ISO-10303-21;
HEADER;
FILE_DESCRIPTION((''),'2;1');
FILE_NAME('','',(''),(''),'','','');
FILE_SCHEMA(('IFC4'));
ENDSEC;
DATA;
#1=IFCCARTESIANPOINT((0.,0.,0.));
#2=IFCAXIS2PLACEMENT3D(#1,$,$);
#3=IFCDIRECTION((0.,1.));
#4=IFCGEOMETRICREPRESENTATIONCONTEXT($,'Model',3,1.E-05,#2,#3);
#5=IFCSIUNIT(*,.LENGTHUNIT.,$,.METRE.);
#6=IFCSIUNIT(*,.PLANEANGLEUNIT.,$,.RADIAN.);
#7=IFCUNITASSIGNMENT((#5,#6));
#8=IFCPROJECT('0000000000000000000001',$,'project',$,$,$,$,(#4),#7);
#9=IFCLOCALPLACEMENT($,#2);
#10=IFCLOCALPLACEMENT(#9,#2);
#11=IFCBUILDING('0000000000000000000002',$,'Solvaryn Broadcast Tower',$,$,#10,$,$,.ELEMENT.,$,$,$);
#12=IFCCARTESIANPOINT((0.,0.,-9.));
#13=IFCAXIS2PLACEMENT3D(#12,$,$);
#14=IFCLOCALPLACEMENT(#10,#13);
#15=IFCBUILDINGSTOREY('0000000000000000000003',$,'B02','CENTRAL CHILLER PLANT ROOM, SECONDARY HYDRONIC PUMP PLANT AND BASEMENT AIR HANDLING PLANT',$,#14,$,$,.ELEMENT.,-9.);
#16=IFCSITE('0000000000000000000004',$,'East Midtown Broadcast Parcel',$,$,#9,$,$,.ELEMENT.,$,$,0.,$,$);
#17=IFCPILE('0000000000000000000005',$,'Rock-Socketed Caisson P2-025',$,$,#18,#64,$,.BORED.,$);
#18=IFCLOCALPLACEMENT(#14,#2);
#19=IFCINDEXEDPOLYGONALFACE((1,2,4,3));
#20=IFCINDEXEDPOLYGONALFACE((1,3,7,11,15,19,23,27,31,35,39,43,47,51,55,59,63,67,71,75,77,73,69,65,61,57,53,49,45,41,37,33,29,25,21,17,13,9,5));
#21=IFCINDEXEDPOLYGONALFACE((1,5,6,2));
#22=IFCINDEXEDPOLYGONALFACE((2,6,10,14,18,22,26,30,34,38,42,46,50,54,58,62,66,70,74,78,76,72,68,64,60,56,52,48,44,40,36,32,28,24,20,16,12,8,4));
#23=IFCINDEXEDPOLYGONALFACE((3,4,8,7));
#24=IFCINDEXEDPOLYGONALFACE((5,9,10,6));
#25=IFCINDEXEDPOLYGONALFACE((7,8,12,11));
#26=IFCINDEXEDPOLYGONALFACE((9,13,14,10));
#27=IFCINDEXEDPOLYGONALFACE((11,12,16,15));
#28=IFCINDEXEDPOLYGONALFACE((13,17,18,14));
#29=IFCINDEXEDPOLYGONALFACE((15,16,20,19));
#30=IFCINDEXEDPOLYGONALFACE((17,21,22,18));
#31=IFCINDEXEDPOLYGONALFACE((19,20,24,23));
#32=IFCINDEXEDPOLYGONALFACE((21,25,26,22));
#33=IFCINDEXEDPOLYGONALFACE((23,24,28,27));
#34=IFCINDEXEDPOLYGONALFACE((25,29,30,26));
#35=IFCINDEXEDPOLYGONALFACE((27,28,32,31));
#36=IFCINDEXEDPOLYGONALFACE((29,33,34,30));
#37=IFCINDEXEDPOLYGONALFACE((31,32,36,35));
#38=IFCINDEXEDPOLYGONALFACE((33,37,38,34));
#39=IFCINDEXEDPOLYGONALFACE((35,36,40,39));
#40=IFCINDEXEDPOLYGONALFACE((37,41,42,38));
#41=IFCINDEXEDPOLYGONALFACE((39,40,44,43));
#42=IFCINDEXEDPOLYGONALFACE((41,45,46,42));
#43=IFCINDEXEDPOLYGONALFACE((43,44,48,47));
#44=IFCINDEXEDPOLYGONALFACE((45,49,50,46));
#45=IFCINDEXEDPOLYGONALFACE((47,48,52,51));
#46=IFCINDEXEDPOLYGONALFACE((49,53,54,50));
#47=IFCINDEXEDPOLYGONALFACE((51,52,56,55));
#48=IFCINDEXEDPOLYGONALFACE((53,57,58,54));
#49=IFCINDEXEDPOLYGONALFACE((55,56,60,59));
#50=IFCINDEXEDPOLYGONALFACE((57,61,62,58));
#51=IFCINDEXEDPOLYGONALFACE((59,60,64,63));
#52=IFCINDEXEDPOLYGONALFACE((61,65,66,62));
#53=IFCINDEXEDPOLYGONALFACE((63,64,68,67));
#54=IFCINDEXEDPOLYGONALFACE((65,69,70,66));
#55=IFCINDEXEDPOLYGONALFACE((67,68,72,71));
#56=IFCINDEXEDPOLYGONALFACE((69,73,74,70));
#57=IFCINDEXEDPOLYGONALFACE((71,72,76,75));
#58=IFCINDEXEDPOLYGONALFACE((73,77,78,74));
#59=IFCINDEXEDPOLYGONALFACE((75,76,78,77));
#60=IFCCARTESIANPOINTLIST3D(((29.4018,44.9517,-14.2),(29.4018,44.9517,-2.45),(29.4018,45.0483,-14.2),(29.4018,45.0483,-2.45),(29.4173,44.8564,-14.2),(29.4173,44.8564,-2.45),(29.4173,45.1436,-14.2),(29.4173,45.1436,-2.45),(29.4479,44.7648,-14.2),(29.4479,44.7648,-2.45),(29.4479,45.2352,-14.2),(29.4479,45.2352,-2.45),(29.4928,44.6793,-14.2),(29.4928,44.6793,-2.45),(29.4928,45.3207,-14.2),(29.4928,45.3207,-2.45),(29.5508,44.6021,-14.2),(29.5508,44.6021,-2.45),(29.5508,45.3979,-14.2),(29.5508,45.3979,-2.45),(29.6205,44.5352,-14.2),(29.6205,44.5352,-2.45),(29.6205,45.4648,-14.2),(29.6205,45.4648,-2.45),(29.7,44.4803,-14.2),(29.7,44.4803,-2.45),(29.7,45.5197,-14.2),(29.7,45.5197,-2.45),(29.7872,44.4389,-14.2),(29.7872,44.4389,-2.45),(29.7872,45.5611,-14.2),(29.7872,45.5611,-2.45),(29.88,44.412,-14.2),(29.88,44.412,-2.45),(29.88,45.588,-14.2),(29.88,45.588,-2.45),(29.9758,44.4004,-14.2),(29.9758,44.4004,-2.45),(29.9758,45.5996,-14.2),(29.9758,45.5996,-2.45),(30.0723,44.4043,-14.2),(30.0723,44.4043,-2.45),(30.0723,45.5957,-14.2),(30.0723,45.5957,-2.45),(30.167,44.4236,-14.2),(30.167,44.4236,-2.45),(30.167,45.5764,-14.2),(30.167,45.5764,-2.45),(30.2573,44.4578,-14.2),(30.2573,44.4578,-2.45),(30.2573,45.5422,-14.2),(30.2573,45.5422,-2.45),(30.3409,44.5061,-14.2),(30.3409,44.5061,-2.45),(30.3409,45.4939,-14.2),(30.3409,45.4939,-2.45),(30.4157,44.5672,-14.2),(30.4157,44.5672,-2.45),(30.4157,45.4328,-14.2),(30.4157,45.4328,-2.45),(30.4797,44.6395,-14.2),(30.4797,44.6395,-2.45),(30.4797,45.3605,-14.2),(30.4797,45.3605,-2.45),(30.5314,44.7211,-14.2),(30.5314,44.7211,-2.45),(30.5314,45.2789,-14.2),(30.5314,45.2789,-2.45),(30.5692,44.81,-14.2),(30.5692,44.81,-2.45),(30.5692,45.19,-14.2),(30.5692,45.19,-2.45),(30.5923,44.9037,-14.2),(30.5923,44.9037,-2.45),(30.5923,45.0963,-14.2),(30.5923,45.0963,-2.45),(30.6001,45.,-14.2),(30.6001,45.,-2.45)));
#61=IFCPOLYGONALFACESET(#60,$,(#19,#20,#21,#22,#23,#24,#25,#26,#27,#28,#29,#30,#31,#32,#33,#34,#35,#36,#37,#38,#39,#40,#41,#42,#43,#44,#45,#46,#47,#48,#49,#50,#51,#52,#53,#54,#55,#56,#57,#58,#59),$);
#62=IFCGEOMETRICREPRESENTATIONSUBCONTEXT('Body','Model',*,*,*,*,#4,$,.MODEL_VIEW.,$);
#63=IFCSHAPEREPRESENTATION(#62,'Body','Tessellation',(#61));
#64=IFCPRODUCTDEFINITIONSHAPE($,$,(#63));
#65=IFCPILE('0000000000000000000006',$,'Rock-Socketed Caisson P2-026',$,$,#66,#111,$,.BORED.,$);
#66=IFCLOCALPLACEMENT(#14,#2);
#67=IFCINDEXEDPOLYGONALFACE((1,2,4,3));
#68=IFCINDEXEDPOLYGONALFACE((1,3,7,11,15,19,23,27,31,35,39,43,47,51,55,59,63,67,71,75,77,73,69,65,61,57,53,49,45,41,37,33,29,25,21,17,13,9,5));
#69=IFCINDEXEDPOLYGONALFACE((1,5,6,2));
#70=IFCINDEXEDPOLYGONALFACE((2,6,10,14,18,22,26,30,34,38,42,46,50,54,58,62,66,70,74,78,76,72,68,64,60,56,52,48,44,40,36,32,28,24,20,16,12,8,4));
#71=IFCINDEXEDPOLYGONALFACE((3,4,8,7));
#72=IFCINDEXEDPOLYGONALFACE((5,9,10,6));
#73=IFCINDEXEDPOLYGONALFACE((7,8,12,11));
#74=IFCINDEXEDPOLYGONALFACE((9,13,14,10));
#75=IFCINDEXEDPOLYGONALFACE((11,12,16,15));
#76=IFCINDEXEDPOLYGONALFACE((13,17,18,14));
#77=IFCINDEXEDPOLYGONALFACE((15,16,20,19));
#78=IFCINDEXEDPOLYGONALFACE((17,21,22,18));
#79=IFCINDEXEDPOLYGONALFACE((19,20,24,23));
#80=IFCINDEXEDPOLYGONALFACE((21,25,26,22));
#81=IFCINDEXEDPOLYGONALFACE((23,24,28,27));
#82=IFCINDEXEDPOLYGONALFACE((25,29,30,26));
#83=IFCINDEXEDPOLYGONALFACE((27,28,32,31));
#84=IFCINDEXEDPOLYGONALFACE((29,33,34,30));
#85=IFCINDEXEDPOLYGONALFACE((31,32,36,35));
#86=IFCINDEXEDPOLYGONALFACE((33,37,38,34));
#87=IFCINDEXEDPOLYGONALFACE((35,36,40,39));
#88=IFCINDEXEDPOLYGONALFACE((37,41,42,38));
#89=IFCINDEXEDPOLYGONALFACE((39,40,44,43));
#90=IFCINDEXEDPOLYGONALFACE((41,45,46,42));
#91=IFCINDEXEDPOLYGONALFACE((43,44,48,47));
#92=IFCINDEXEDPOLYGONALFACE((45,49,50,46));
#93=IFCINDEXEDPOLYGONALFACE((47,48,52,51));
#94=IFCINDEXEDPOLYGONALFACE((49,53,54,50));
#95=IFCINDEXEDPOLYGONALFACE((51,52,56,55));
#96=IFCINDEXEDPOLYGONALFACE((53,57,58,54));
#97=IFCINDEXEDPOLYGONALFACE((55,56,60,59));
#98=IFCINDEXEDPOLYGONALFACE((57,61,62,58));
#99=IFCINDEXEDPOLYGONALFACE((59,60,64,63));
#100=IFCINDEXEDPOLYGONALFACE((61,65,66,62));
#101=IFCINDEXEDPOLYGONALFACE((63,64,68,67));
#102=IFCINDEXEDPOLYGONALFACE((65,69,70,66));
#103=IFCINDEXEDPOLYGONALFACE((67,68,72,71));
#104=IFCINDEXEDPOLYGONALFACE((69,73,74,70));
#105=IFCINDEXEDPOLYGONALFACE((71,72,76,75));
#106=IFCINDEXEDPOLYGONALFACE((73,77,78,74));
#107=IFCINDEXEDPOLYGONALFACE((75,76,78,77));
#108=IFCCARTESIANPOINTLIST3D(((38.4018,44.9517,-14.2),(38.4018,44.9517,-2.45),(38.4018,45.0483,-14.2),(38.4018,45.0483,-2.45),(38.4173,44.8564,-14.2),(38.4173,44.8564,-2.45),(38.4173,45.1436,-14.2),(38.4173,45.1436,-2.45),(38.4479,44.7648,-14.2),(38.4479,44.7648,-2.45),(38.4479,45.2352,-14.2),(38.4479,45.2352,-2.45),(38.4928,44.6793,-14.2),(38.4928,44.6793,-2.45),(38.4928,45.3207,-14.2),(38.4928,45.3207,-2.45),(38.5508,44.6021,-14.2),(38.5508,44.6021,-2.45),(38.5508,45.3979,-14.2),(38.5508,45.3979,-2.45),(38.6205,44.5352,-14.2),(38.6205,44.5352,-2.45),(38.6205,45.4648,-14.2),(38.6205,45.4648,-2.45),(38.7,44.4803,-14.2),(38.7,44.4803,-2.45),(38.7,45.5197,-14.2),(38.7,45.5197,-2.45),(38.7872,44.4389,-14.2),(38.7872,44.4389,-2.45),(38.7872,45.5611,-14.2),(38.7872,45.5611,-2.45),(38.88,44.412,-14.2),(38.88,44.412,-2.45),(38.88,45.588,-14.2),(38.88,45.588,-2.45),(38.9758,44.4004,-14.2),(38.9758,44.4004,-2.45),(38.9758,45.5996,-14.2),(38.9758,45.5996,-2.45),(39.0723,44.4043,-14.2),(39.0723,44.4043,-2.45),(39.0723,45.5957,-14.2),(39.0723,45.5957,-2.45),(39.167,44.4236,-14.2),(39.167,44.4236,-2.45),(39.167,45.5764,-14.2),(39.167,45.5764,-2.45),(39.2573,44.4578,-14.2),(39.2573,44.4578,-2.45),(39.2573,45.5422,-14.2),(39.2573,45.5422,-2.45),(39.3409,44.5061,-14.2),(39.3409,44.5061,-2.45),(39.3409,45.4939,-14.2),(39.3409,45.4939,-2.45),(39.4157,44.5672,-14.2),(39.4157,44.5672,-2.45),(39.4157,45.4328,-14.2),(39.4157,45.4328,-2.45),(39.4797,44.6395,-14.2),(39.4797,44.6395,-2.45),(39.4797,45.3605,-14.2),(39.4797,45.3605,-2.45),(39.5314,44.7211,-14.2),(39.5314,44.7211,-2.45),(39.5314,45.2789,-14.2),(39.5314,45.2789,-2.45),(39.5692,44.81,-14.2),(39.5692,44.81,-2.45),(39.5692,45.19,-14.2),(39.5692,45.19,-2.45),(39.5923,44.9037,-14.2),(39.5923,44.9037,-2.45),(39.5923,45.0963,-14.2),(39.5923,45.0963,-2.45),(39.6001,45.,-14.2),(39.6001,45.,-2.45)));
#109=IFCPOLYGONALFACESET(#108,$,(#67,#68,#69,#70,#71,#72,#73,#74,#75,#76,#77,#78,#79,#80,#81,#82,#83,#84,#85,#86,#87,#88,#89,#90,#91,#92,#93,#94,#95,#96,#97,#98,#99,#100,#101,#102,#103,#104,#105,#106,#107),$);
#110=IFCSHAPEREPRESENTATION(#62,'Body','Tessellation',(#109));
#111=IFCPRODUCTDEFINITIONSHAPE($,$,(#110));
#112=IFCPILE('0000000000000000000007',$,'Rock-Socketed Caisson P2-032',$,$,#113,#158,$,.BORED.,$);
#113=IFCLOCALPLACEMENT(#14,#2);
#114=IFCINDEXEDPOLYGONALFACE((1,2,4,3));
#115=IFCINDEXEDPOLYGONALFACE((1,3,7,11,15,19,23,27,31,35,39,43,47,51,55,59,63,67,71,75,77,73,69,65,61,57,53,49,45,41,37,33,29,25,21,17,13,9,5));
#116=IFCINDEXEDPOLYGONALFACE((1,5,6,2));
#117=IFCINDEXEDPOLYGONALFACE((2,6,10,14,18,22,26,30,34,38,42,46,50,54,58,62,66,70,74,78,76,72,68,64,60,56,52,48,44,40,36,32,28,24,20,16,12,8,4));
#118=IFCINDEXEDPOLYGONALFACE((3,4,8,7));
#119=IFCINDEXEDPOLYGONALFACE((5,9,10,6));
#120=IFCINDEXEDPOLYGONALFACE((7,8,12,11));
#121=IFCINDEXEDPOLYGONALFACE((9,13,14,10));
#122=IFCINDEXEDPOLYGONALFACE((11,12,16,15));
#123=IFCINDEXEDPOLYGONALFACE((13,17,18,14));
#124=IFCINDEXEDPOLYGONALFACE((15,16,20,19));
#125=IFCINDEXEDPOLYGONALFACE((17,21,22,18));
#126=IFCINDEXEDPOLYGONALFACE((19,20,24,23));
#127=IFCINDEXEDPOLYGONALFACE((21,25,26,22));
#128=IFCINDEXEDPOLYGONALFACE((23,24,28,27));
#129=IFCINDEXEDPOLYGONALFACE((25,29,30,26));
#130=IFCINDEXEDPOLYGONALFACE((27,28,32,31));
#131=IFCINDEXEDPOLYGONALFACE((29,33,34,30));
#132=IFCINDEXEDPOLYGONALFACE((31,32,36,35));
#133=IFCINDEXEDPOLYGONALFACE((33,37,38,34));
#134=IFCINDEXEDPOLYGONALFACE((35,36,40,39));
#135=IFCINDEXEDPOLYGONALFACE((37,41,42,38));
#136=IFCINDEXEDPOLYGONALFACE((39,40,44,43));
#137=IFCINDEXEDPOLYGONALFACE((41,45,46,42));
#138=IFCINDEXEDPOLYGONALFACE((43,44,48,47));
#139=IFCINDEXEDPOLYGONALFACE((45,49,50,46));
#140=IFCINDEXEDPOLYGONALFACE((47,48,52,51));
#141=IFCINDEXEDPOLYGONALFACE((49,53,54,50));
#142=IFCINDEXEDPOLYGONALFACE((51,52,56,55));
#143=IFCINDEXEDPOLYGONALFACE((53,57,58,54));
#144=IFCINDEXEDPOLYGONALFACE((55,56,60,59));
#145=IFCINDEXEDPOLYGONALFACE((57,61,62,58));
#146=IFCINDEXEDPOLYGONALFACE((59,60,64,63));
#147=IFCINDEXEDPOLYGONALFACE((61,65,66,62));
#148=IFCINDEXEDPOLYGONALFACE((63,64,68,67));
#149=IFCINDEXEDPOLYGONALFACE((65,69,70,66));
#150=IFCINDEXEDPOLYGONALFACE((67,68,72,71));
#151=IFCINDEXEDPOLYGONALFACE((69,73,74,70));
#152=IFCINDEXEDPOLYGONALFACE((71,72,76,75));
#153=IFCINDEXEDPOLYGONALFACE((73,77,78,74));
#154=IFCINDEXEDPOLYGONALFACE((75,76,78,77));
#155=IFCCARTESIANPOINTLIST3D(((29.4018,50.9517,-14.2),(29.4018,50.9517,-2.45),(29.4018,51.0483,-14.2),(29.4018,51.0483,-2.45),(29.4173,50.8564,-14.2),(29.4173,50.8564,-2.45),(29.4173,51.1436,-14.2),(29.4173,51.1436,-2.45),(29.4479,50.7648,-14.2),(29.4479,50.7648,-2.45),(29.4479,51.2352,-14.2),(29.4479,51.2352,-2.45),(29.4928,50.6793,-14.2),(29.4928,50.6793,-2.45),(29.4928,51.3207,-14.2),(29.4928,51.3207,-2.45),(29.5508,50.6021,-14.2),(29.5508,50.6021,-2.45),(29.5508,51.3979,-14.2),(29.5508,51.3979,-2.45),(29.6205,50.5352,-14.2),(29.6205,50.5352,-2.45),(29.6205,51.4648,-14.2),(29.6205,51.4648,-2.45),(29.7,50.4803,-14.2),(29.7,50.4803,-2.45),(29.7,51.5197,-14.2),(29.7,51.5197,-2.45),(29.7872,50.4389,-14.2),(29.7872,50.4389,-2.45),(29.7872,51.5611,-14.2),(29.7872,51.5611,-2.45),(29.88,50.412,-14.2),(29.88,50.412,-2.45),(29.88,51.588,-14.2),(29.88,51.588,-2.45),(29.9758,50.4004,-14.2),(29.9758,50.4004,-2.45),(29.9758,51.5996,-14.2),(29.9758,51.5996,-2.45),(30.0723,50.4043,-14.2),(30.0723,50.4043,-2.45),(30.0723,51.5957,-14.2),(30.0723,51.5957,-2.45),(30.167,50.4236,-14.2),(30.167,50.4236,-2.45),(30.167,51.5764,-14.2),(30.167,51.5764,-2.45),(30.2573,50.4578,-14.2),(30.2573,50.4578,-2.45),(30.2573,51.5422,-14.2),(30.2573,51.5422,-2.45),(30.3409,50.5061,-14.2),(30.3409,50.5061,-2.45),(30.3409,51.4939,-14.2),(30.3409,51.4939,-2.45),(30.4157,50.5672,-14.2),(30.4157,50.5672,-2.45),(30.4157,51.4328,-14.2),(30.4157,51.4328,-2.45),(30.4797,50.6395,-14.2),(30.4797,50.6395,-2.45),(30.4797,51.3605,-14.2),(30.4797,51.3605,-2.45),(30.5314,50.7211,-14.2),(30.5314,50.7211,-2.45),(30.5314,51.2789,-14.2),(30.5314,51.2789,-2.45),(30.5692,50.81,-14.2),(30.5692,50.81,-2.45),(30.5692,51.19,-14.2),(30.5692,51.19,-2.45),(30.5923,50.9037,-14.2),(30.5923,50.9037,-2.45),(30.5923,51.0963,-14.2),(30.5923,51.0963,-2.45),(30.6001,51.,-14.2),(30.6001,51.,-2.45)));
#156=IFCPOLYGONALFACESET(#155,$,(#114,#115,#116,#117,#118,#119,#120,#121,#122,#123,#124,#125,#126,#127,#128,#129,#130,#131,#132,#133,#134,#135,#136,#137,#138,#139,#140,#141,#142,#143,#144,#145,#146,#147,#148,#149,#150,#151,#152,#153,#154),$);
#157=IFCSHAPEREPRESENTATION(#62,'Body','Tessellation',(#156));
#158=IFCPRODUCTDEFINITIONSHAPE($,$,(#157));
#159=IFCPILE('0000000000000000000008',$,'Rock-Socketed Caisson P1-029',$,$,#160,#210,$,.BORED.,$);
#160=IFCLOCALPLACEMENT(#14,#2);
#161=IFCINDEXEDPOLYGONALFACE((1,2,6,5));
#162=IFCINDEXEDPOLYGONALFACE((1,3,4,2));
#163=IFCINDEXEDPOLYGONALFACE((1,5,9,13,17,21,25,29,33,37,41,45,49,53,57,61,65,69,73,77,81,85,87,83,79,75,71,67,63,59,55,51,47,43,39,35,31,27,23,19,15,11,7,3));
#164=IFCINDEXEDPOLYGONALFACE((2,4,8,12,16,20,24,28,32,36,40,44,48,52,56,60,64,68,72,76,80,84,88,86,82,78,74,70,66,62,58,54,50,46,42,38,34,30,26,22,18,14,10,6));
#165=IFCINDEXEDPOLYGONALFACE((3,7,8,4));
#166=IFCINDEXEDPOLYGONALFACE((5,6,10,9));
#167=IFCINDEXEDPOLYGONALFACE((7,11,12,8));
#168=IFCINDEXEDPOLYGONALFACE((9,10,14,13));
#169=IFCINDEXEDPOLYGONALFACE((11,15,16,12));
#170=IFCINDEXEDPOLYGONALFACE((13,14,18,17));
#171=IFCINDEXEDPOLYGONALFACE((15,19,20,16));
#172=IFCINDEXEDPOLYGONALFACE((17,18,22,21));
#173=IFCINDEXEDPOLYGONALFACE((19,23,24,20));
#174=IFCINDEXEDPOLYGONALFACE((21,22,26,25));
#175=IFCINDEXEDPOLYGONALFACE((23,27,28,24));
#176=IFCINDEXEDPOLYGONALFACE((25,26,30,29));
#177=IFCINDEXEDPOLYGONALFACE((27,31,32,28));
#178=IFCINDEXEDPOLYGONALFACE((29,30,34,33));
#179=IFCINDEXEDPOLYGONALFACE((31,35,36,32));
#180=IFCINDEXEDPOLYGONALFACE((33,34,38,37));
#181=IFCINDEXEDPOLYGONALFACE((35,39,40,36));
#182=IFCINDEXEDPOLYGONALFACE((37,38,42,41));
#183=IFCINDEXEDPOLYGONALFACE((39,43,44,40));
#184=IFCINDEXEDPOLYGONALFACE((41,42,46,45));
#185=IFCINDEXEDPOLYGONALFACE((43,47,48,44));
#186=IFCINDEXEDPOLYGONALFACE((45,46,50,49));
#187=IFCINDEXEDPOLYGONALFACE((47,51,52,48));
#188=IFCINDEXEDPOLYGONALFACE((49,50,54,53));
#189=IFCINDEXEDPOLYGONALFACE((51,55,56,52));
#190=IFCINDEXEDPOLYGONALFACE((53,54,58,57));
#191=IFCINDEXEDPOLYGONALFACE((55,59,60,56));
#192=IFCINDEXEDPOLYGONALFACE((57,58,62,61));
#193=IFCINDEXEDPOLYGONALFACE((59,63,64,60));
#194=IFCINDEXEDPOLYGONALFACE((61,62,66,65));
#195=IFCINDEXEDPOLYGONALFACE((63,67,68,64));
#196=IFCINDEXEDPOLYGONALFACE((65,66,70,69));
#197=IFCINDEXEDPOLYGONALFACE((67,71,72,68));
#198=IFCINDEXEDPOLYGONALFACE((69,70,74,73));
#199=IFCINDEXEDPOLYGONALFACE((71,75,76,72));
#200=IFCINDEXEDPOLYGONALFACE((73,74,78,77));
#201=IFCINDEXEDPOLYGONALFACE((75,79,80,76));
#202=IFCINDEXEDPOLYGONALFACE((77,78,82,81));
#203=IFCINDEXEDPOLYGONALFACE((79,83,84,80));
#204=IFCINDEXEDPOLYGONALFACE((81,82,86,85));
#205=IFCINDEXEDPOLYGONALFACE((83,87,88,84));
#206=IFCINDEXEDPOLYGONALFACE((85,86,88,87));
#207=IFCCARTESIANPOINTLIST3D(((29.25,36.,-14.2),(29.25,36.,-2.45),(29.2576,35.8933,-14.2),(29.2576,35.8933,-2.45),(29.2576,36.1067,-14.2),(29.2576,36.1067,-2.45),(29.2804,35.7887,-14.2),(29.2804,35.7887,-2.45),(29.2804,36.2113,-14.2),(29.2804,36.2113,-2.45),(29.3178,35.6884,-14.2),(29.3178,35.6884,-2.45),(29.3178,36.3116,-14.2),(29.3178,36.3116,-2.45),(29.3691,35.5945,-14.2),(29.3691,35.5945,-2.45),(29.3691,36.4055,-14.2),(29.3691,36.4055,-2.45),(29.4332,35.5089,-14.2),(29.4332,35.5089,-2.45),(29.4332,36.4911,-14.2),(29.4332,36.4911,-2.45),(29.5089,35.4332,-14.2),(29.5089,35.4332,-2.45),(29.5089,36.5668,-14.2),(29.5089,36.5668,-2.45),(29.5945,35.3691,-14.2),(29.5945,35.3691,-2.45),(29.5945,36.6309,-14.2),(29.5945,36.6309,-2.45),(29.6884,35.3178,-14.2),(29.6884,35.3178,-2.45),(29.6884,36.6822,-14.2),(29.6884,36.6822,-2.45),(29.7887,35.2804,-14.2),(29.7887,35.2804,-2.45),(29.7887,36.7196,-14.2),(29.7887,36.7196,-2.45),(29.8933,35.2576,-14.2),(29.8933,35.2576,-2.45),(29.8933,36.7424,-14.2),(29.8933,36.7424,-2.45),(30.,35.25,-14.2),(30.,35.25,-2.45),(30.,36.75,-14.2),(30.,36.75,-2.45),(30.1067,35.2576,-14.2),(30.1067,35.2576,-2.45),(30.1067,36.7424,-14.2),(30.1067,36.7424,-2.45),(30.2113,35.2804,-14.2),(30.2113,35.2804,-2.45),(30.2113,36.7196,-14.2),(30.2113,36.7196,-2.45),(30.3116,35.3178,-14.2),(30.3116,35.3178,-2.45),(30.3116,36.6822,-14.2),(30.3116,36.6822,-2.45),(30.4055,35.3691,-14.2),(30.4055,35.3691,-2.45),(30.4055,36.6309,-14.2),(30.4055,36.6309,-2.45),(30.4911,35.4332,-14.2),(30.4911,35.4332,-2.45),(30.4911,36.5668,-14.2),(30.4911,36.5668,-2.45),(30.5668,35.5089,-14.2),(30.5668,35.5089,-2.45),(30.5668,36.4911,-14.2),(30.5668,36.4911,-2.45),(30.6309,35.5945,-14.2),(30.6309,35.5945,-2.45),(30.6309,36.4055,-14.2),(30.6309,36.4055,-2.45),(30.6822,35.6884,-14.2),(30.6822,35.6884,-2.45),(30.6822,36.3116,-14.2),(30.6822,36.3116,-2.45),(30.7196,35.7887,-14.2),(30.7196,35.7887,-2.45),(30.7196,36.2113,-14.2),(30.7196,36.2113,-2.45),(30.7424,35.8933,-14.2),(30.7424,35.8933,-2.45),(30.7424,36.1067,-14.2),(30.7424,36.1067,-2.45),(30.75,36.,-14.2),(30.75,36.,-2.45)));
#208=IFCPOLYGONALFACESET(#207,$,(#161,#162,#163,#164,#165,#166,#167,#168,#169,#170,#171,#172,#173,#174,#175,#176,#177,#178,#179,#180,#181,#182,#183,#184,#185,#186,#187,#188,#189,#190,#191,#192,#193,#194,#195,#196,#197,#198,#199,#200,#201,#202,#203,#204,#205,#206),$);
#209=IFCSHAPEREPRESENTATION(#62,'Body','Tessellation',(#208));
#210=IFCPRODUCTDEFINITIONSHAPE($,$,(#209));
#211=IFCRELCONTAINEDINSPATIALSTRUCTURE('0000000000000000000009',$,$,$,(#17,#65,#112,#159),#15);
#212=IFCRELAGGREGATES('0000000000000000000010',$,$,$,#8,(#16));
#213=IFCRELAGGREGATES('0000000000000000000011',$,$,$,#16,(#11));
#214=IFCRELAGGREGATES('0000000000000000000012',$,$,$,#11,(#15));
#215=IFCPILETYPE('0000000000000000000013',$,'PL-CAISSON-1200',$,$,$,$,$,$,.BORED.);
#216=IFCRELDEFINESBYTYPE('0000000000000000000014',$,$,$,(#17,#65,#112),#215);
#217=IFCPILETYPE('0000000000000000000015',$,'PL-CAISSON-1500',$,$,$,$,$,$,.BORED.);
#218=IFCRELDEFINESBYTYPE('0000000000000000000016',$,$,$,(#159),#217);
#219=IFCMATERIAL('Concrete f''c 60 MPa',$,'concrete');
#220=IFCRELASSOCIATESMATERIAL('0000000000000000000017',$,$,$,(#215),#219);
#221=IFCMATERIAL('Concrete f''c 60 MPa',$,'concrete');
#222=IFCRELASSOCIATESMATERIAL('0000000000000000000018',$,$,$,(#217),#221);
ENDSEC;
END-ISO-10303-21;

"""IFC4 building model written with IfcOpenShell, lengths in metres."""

from ifc_helpers import new_model, si_unit, direction, frame, origin, origin_2d, place, context, subcontext, project, spatial, circle, extrude, material, material_profile, profile_set, type_object, element, save


model = new_model("IFC4")

# Units and contexts
model_context = context("Model", 3, precision=1e-05, world=origin(), true_north=direction((0.0, 1.0)))
body_context = subcontext(model_context, "Body", "Model", "MODEL_VIEW")
ifc_project = project(units=[si_unit("LENGTHUNIT", "METRE"), si_unit("PLANEANGLEUNIT", "RADIAN")], contexts=[model_context])

# Site, building, storey
site_placement = place(None, origin())
site = spatial("IfcSite", under=ifc_project, at=site_placement, Name="East Midtown Broadcast Parcel", CompositionType="ELEMENT", RefElevation=0.0)
building_placement = place(site_placement, origin())
building = spatial("IfcBuilding", under=site, at=building_placement, Name="Solvaryn Broadcast Tower", CompositionType="ELEMENT")
storey_placement = place(building_placement, frame((0.0, 0.0, -9.0)))
storey = spatial("IfcBuildingStorey", under=building, at=storey_placement, Name="B02", Description="CENTRAL CHILLER PLANT ROOM, SECONDARY HYDRONIC PUMP PLANT AND BASEMENT AIR HANDLING PLANT", CompositionType="ELEMENT", Elevation=-9.0)

# Piles
ifc_material_1 = material(Name="Concrete f'c 60 MPa", Category="concrete")
ifc_material_profile_1 = material_profile(ifc_material_1, circle(Radius=0.6001, at=origin_2d()))
ifc_profile_set_1 = profile_set([ifc_material_profile_1], Name="Concrete f'c 60 MPa")
pile_type_1 = type_object("IfcPileType", Name="PL-CAISSON-1200", PredefinedType="BORED", material=ifc_profile_set_1)
for number, where, z_axis, x_axis, name in (
    (1, (30.0, 45.0, -2.45), (0.0, 0.0, -1.0), (1.0, 0.0, 0.0), "Rock-Socketed Caisson P2-025"),
    (2, (39.0, 45.0, -2.45), (0.0, 0.0, -1.0), (1.0, 0.0, 0.0), "Rock-Socketed Caisson P2-026"),
    (3, (30.0, 51.0, -2.45), (0.0, 0.0, -1.0), (1.0, 0.0, 0.0), "Rock-Socketed Caisson P2-032"),
):
    element("IfcPile", number, at=place(storey_placement, frame(where, z_axis=z_axis, x_axis=x_axis)), inside=storey, type_object=pile_type_1, Name=name, PredefinedType="BORED", context=body_context, shape_type="SweptSolid", body=[
        extrude(circle(Radius=0.6001, at=origin_2d()), origin(), (0.0, 0.0, 1.0), 11.75),
    ])
ifc_material_2 = material(Name="Concrete f'c 60 MPa", Category="concrete")
ifc_material_profile_2 = material_profile(ifc_material_2, circle(Radius=0.75, at=origin_2d()))
ifc_profile_set_2 = profile_set([ifc_material_profile_2], Name="Concrete f'c 60 MPa")
pile_type_2 = type_object("IfcPileType", Name="PL-CAISSON-1500", PredefinedType="BORED", material=ifc_profile_set_2)
for number, where, z_axis, x_axis, name in (
    (4, (30.0, 36.0, -2.45), (0.0, 0.0, -1.0), (1.0, 0.0, 0.0), "Rock-Socketed Caisson P1-029"),
):
    element("IfcPile", number, at=place(storey_placement, frame(where, z_axis=z_axis, x_axis=x_axis)), inside=storey, type_object=pile_type_2, Name=name, PredefinedType="BORED", context=body_context, shape_type="SweptSolid", body=[
        extrude(circle(Radius=0.75, at=origin_2d()), origin(), (0.0, 0.0, 1.0), 11.75),
    ])

save(model, "model.ifc")
